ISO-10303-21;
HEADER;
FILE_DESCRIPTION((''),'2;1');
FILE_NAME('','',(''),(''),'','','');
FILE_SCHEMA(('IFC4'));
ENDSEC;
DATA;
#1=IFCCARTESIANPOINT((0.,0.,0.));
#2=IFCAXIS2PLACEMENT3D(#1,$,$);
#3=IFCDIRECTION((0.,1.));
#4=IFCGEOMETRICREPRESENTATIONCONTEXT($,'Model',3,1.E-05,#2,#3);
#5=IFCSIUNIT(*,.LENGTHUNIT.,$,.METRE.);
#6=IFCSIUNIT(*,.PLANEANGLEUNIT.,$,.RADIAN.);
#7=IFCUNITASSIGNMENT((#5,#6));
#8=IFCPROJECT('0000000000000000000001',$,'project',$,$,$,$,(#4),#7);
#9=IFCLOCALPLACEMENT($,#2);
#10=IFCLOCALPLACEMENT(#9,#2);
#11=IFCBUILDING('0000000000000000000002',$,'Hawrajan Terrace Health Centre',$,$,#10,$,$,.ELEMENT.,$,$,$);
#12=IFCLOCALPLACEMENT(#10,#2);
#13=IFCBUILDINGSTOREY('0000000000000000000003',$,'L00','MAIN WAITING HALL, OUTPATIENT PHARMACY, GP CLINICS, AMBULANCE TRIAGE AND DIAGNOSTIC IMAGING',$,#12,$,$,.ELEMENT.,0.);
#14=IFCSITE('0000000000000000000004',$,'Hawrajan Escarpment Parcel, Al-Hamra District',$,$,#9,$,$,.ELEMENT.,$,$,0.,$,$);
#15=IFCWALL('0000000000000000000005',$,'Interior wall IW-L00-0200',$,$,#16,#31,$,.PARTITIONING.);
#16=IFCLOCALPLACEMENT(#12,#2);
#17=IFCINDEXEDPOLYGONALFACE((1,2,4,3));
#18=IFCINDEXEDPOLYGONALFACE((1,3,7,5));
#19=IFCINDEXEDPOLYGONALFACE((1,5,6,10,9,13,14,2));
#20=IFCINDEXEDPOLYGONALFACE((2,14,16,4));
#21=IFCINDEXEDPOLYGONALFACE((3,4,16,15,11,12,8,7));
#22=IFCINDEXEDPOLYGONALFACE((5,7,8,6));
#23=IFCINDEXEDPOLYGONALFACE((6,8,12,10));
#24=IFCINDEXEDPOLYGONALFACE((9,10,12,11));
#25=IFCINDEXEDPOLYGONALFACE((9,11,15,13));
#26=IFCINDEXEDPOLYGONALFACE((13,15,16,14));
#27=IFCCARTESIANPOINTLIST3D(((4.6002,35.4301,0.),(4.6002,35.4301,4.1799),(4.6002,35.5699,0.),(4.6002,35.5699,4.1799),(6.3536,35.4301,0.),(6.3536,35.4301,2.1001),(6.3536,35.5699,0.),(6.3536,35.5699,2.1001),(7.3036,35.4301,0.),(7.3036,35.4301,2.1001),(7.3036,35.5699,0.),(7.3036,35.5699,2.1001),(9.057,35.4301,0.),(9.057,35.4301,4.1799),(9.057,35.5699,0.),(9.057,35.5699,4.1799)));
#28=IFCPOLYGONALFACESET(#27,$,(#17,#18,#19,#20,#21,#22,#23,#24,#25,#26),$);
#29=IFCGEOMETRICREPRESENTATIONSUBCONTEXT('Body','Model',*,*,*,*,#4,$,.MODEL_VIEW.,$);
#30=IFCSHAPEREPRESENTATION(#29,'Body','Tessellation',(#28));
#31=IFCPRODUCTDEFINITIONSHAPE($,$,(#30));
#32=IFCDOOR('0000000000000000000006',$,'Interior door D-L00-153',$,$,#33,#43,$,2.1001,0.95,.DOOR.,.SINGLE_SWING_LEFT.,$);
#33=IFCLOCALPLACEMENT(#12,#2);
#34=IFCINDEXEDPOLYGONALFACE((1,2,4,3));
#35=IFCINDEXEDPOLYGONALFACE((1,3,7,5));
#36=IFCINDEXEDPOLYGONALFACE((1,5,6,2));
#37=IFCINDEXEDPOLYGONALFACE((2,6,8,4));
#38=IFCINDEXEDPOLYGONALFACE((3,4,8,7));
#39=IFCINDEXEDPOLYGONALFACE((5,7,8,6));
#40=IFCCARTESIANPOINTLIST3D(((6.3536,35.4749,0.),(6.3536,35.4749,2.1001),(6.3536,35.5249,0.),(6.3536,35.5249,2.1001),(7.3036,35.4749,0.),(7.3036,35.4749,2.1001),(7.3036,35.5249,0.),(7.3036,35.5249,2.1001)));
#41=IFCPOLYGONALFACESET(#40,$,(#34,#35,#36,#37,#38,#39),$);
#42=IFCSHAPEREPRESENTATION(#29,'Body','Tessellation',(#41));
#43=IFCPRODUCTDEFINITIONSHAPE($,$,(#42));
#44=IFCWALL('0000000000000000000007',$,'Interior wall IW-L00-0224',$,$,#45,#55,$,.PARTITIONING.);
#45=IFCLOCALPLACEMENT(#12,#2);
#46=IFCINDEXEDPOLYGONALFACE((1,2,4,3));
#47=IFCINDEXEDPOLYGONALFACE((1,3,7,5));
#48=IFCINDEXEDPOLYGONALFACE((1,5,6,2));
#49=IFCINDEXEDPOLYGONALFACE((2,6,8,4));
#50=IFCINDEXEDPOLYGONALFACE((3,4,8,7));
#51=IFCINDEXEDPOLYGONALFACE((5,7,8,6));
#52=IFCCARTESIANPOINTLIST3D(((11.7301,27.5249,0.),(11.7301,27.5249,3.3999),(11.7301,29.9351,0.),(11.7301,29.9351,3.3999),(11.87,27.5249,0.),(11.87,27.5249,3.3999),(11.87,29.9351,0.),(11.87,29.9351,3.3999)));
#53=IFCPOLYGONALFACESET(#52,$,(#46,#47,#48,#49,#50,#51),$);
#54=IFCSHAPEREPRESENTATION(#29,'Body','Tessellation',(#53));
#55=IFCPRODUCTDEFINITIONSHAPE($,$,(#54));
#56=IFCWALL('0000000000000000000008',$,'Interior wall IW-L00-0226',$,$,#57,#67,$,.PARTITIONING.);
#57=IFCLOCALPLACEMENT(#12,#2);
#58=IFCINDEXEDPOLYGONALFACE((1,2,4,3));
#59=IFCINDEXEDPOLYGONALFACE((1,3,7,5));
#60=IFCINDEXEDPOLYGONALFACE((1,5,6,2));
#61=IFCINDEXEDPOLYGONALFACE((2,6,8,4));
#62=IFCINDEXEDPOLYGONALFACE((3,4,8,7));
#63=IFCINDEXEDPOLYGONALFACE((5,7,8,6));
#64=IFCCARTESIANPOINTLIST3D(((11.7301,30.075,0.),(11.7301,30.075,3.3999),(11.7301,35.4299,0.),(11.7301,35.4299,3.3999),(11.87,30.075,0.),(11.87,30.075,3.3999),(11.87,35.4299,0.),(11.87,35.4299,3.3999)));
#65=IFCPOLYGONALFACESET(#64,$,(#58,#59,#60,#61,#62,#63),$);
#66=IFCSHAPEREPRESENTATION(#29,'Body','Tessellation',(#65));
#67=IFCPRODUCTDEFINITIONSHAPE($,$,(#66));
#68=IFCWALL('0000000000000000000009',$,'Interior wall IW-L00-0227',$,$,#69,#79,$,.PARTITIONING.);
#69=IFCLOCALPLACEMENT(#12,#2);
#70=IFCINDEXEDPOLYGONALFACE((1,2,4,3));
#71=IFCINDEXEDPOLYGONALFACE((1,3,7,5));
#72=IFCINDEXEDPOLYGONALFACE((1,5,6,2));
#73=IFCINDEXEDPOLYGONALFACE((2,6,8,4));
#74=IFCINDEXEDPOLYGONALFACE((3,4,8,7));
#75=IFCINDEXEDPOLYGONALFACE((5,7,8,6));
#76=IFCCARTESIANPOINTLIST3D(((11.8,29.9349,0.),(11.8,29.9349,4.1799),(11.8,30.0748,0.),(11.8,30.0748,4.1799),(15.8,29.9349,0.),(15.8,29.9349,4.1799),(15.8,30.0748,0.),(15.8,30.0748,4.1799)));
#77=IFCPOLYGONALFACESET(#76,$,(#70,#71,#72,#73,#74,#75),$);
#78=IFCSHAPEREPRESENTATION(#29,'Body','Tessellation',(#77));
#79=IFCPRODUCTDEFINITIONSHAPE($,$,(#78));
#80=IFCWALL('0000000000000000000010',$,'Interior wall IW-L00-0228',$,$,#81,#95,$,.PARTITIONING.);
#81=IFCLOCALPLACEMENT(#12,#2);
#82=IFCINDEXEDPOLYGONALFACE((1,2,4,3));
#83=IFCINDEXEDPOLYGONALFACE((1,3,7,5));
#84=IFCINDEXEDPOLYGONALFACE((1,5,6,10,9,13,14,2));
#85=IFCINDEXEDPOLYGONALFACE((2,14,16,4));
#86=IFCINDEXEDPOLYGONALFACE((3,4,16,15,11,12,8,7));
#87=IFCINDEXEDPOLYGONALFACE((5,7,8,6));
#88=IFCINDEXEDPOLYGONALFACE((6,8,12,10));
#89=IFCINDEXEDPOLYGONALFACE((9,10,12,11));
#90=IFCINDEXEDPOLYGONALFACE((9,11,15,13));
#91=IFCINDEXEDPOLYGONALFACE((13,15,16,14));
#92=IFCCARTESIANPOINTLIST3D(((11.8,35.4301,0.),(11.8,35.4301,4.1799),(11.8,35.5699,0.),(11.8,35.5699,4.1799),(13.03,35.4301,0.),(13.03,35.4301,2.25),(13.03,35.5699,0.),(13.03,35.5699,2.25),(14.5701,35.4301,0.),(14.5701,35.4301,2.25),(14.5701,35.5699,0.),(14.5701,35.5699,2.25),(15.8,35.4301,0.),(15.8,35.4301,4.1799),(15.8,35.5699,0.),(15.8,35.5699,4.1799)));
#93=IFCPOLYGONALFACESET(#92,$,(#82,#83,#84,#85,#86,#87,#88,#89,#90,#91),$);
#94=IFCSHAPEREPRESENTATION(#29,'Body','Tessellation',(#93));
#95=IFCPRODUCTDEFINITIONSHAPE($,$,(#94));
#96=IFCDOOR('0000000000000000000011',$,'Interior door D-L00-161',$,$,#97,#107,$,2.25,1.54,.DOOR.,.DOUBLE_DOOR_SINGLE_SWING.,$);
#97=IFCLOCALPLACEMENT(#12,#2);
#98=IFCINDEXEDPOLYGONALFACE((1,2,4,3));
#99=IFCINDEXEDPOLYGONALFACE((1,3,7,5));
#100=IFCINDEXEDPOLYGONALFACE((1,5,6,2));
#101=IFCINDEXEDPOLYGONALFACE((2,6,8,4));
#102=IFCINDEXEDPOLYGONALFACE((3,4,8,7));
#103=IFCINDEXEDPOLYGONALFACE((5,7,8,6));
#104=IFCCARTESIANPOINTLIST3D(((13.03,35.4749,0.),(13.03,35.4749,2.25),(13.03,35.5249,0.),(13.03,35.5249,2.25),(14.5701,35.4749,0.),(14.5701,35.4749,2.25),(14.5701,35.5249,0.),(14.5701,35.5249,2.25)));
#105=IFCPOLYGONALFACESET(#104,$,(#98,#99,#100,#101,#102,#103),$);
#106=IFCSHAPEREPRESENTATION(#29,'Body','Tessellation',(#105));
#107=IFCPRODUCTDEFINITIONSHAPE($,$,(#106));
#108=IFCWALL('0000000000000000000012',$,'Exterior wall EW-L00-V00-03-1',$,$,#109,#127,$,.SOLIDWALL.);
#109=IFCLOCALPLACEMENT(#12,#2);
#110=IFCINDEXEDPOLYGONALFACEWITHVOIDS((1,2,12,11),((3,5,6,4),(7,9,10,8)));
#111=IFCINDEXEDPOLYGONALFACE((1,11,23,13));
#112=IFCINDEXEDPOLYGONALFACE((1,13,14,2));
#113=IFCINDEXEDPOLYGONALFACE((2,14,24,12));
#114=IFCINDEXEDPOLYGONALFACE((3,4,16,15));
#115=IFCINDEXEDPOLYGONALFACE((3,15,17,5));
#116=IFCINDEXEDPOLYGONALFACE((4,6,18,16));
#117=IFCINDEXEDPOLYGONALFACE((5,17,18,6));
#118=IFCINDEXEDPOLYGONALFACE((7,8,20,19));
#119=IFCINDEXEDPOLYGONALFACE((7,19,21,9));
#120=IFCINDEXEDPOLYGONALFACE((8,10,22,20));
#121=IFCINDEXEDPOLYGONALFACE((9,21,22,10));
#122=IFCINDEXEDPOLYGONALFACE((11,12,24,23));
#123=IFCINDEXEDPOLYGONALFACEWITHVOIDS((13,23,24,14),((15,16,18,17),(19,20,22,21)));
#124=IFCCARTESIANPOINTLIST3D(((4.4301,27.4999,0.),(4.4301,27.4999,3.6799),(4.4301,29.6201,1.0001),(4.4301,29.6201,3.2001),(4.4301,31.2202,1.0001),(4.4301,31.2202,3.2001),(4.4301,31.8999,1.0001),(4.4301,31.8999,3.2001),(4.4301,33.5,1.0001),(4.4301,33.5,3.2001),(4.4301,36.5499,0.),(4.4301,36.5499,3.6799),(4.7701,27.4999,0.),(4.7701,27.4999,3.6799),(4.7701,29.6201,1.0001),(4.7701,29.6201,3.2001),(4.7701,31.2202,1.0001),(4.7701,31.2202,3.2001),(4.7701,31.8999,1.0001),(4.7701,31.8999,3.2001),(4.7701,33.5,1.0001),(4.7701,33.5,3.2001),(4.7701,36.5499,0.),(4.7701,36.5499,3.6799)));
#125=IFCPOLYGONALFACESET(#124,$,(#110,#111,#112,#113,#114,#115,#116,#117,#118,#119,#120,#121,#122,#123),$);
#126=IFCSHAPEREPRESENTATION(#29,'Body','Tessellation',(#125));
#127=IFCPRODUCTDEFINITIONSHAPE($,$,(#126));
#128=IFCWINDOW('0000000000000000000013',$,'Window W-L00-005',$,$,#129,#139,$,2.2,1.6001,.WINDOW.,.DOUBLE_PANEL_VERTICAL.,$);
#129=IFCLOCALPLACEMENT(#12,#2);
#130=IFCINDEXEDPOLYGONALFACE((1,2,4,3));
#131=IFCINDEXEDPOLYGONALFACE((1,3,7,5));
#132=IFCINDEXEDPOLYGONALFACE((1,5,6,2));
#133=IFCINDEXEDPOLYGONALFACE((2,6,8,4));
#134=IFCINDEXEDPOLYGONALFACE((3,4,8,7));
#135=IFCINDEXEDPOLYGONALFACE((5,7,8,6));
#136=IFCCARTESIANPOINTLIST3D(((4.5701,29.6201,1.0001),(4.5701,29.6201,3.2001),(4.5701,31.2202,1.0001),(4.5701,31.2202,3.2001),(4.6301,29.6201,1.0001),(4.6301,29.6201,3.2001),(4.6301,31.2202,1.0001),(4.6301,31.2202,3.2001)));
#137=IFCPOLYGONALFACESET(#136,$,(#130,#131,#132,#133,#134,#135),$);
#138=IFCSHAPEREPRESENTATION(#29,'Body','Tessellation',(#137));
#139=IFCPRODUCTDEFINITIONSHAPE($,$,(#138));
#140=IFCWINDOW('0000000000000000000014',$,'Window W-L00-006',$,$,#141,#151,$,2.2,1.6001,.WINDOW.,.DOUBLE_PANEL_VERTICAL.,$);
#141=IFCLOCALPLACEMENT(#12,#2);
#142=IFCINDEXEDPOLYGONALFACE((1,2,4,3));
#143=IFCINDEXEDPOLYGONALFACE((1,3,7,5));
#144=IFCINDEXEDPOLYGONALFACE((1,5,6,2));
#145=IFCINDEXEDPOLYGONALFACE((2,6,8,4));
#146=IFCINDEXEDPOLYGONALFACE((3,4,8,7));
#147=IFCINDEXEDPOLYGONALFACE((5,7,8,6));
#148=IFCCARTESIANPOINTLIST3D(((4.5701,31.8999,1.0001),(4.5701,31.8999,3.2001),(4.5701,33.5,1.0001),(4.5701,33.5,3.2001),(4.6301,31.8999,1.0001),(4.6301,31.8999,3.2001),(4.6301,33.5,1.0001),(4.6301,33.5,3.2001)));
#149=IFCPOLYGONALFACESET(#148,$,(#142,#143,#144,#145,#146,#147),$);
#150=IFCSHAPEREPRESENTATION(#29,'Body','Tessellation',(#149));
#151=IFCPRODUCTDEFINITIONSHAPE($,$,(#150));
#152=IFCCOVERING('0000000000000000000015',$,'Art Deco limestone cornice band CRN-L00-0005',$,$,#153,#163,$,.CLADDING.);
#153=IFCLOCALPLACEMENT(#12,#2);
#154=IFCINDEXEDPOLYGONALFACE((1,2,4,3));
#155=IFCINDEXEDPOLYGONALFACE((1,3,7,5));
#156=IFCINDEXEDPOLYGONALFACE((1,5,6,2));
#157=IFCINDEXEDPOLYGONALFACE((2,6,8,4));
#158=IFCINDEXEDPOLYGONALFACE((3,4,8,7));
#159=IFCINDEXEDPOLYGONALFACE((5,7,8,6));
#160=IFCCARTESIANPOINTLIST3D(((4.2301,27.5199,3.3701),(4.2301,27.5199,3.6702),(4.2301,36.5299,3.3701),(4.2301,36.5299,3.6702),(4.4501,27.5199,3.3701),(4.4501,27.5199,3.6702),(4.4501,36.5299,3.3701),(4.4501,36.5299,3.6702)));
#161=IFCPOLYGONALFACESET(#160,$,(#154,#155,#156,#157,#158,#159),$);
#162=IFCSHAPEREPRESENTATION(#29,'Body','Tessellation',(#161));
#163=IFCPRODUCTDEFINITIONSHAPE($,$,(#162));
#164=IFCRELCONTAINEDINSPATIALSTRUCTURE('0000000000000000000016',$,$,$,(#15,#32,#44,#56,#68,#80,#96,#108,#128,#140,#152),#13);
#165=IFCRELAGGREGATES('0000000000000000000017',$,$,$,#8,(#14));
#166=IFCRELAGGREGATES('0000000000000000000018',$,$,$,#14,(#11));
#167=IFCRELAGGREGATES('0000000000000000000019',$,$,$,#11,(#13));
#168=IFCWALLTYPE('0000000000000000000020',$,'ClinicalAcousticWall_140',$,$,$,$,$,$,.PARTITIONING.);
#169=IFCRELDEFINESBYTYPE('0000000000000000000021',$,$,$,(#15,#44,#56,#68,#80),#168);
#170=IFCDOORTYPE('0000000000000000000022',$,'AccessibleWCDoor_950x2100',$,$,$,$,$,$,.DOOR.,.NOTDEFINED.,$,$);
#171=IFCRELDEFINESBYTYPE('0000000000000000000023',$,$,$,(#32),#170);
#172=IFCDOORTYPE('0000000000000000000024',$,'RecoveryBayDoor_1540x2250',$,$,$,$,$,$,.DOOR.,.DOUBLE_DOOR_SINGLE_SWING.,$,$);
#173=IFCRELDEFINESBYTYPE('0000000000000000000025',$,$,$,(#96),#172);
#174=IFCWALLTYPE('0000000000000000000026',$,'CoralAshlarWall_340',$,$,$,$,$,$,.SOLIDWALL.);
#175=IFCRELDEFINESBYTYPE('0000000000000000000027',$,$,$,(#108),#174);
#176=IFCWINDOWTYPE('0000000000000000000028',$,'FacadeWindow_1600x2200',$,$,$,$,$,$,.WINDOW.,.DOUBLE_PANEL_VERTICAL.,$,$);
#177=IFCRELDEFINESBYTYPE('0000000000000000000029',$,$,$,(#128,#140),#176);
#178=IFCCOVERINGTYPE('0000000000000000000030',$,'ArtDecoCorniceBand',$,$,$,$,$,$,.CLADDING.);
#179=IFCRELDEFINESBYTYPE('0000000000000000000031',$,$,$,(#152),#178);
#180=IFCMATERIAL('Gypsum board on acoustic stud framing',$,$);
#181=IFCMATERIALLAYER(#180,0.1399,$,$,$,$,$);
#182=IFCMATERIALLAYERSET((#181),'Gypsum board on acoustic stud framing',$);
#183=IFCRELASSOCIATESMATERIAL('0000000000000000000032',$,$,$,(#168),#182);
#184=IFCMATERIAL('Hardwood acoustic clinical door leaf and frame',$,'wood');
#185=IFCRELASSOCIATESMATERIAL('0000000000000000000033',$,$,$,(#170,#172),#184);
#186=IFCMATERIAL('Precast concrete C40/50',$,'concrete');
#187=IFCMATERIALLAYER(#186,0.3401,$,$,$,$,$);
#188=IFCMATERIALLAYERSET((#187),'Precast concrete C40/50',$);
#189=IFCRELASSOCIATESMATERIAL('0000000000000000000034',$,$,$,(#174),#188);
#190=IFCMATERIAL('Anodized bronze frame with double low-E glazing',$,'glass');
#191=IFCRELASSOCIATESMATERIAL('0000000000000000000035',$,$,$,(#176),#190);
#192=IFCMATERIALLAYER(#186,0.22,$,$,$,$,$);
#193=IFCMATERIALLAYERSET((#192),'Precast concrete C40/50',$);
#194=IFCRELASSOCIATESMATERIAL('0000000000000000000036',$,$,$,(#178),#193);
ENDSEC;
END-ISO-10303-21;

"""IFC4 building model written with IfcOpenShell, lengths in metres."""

from ifc_helpers import new_model, si_unit, direction, frame, frame_2d, origin, origin_2d, place, context, subcontext, project, spatial, rectangle, extrude, material, layer, layer_set, type_object, element, fill, save


model = new_model("IFC4")

# Units and contexts
model_context = context("Model", 3, precision=1e-05, world=origin(), true_north=direction((0.0, 1.0)))
body_context = subcontext(model_context, "Body", "Model", "MODEL_VIEW")
ifc_project = project(units=[si_unit("LENGTHUNIT", "METRE"), si_unit("PLANEANGLEUNIT", "RADIAN")], contexts=[model_context])

# Site, building, storey
site_placement = place(None, origin())
site = spatial("IfcSite", under=ifc_project, at=site_placement, Name="Hawrajan Escarpment Parcel, Al-Hamra District", CompositionType="ELEMENT", RefElevation=0.0)
building_placement = place(site_placement, origin())
building = spatial("IfcBuilding", under=site, at=building_placement, Name="Hawrajan Terrace Health Centre", CompositionType="ELEMENT")
storey_placement = place(building_placement, origin())
storey = spatial("IfcBuildingStorey", under=building, at=storey_placement, Name="L00", Description="MAIN WAITING HALL, OUTPATIENT PHARMACY, GP CLINICS, AMBULANCE TRIAGE AND DIAGNOSTIC IMAGING", CompositionType="ELEMENT", Elevation=0.0)

# Wall, opening, door
ifc_material_1 = material(Name="Gypsum board on acoustic stud framing")
ifc_layer_1 = layer(ifc_material_1, 0.1399)
ifc_layer_set_1 = layer_set([ifc_layer_1], Name="Gypsum board on acoustic stud framing")
wall_type_1 = type_object("IfcWallType", Name="ClinicalAcousticWall_140", PredefinedType="PARTITIONING", material=ifc_layer_set_1)
wall_1_placement = place(storey_placement, frame((4.6001, 35.5, 0.0), z_axis=(0.0, 0.0, 1.0), x_axis=(1.0, 0.0, 0.0)))
wall_1 = element("IfcWall", 1, at=wall_1_placement, inside=storey, type_object=wall_type_1, Name="Interior wall IW-L00-0200", PredefinedType="PARTITIONING", context=body_context, shape_type="SweptSolid", body=[
    extrude(rectangle(XDim=4.4568, YDim=0.1399, at=frame_2d((2.2285, 0.0))), origin(), (0.0, 0.0, 1.0), 4.1799),
])
opening_1_placement = place(wall_1_placement, frame((1.7534, 0.0, 0.0)))
opening_1 = element("IfcOpeningElement", 2, at=opening_1_placement, cuts=wall_1, PredefinedType="OPENING", context=body_context, shape_type="SweptSolid", body=[
    extrude(rectangle(XDim=0.95, YDim=2.1001, at=frame_2d((0.4751, 1.05))), frame((0.0, 0.0798, 0.0), z_axis=(0.0, -1.0, 0.0), x_axis=(1.0, 0.0, 0.0)), (0.0, 0.0, 1.0), 0.1599),
])
ifc_material_2 = material(Name="Hardwood acoustic clinical door leaf and frame", Category="wood")
door_type_1 = type_object("IfcDoorType", Name="AccessibleWCDoor_950x2100", OperationType="NOTDEFINED", PredefinedType="DOOR", material=ifc_material_2)
door_1_placement = place(opening_1_placement, origin())
door_1 = element("IfcDoor", 3, at=door_1_placement, inside=storey, type_object=door_type_1, Name="Interior door D-L00-153", OperationType="SINGLE_SWING_LEFT", OverallHeight=2.1001, OverallWidth=0.95, PredefinedType="DOOR", context=body_context, shape_type="SweptSolid", body=[
    extrude(rectangle(XDim=0.95, YDim=2.1001, at=frame_2d((0.4751, 1.05))), frame((0.0, 0.0249, 0.0), z_axis=(0.0, -1.0, 0.0), x_axis=(1.0, 0.0, 0.0)), (0.0, 0.0, 1.0), 0.05),
])
fill(opening_1, door_1)

# Walls
wall_2_placement = place(storey_placement, frame((11.8, 27.5249, 0.0), z_axis=(0.0, 0.0, 1.0), x_axis=(0.0, 1.0, 0.0)))
element("IfcWall", 4, at=wall_2_placement, inside=storey, type_object=wall_type_1, Name="Interior wall IW-L00-0224", PredefinedType="PARTITIONING", context=body_context, shape_type="SweptSolid", body=[
    extrude(rectangle(XDim=2.4102, YDim=0.1399, at=frame_2d((1.2051, 0.0))), origin(), (0.0, 0.0, 1.0), 3.3999),
])
wall_3_placement = place(storey_placement, frame((11.8, 30.075, 0.0), z_axis=(0.0, 0.0, 1.0), x_axis=(0.0, 1.0, 0.0)))
element("IfcWall", 5, at=wall_3_placement, inside=storey, type_object=wall_type_1, Name="Interior wall IW-L00-0226", PredefinedType="PARTITIONING", context=body_context, shape_type="SweptSolid", body=[
    extrude(rectangle(XDim=5.355, YDim=0.1399, at=frame_2d((2.6775, 0.0))), origin(), (0.0, 0.0, 1.0), 3.3999),
])
wall_4_placement = place(storey_placement, frame((11.8, 30.0049, 0.0), z_axis=(0.0, 0.0, 1.0), x_axis=(1.0, 0.0, 0.0)))
element("IfcWall", 6, at=wall_4_placement, inside=storey, type_object=wall_type_1, Name="Interior wall IW-L00-0227", PredefinedType="PARTITIONING", context=body_context, shape_type="SweptSolid", body=[
    extrude(rectangle(XDim=4.0, YDim=0.1399, at=frame_2d((2.0, 0.0))), origin(), (0.0, 0.0, 1.0), 4.1799),
])

# Wall, opening, door
wall_5_placement = place(storey_placement, frame((11.8, 35.5, 0.0), z_axis=(0.0, 0.0, 1.0), x_axis=(1.0, 0.0, 0.0)))
wall_5 = element("IfcWall", 7, at=wall_5_placement, inside=storey, type_object=wall_type_1, Name="Interior wall IW-L00-0228", PredefinedType="PARTITIONING", context=body_context, shape_type="SweptSolid", body=[
    extrude(rectangle(XDim=4.0, YDim=0.1399, at=frame_2d((2.0, 0.0))), origin(), (0.0, 0.0, 1.0), 4.1799),
])
opening_2_placement = place(wall_5_placement, frame((1.23, 0.0, 0.0)))
opening_2 = element("IfcOpeningElement", 8, at=opening_2_placement, cuts=wall_5, PredefinedType="OPENING", context=body_context, shape_type="SweptSolid", body=[
    extrude(rectangle(XDim=1.54, YDim=2.25, at=frame_2d((0.77, 1.125))), frame((0.0, 0.0798, 0.0), z_axis=(0.0, -1.0, 0.0), x_axis=(1.0, 0.0, 0.0)), (0.0, 0.0, 1.0), 0.1599),
])
door_type_2 = type_object("IfcDoorType", Name="RecoveryBayDoor_1540x2250", OperationType="DOUBLE_DOOR_SINGLE_SWING", PredefinedType="DOOR", material=ifc_material_2)
door_2_placement = place(opening_2_placement, origin())
door_2 = element("IfcDoor", 9, at=door_2_placement, inside=storey, type_object=door_type_2, Name="Interior door D-L00-161", OperationType="DOUBLE_DOOR_SINGLE_SWING", OverallHeight=2.25, OverallWidth=1.54, PredefinedType="DOOR", context=body_context, shape_type="SweptSolid", body=[
    extrude(rectangle(XDim=1.54, YDim=2.25, at=frame_2d((0.77, 1.125))), frame((0.0, 0.0249, 0.0), z_axis=(0.0, -1.0, 0.0), x_axis=(1.0, 0.0, 0.0)), (0.0, 0.0, 1.0), 0.05),
])
fill(opening_2, door_2)

# Wall, openings, windows
ifc_material_3 = material(Name="Precast concrete C40/50", Category="concrete")
ifc_layer_2 = layer(ifc_material_3, 0.3401)
ifc_layer_set_2 = layer_set([ifc_layer_2], Name="Precast concrete C40/50")
wall_type_2 = type_object("IfcWallType", Name="CoralAshlarWall_340", PredefinedType="SOLIDWALL", material=ifc_layer_set_2)
wall_6_placement = place(storey_placement, frame((4.6001, 27.5, 0.0), z_axis=(0.0, 0.0, 1.0), x_axis=(0.0, 1.0, 0.0)))
wall_6 = element("IfcWall", 10, at=wall_6_placement, inside=storey, type_object=wall_type_2, Name="Exterior wall EW-L00-V00-03-1", PredefinedType="SOLIDWALL", context=body_context, shape_type="SweptSolid", body=[
    extrude(rectangle(XDim=9.05, YDim=0.3401, at=frame_2d((4.5249, 0.0))), origin(), (0.0, 0.0, 1.0), 3.6799),
])
opening_3_placement = place(wall_6_placement, frame((2.1201, 0.0, 1.0)))
opening_3 = element("IfcOpeningElement", 11, at=opening_3_placement, cuts=wall_6, PredefinedType="OPENING", context=body_context, shape_type="SweptSolid", body=[
    extrude(rectangle(XDim=1.6001, YDim=2.2, at=frame_2d((0.8, 1.1001))), frame((0.0, 0.1799, 0.0), z_axis=(0.0, -1.0, 0.0), x_axis=(1.0, 0.0, 0.0)), (0.0, 0.0, 1.0), 0.3601),
])
opening_4_placement = place(wall_6_placement, frame((4.3999, 0.0, 1.0)))
opening_4 = element("IfcOpeningElement", 12, at=opening_4_placement, cuts=wall_6, PredefinedType="OPENING", context=body_context, shape_type="SweptSolid", body=[
    extrude(rectangle(XDim=1.6001, YDim=2.2, at=frame_2d((0.8, 1.1001))), frame((0.0, 0.1799, 0.0), z_axis=(0.0, -1.0, 0.0), x_axis=(1.0, 0.0, 0.0)), (0.0, 0.0, 1.0), 0.3601),
])
ifc_material_4 = material(Name="Anodized bronze frame with double low-E glazing", Category="glass")
window_type = type_object("IfcWindowType", Name="FacadeWindow_1600x2200", PartitioningType="DOUBLE_PANEL_VERTICAL", PredefinedType="WINDOW", material=ifc_material_4)
window_1_placement = place(opening_3_placement, origin())
window_1 = element("IfcWindow", 13, at=window_1_placement, inside=storey, type_object=window_type, Name="Window W-L00-005", OverallHeight=2.2, OverallWidth=1.6001, PartitioningType="DOUBLE_PANEL_VERTICAL", PredefinedType="WINDOW", context=body_context, shape_type="SweptSolid", body=[
    extrude(rectangle(XDim=1.6001, YDim=2.2, at=frame_2d((0.8, 1.1001))), frame((0.0, 0.03, 0.0), z_axis=(0.0, -1.0, 0.0), x_axis=(1.0, 0.0, 0.0)), (0.0, 0.0, 1.0), 0.0601),
])
fill(opening_3, window_1)
window_2_placement = place(opening_4_placement, origin())
window_2 = element("IfcWindow", 14, at=window_2_placement, inside=storey, type_object=window_type, Name="Window W-L00-006", OverallHeight=2.2, OverallWidth=1.6001, PartitioningType="DOUBLE_PANEL_VERTICAL", PredefinedType="WINDOW", context=body_context, shape_type="SweptSolid", body=[
    extrude(rectangle(XDim=1.6001, YDim=2.2, at=frame_2d((0.8, 1.1001))), frame((0.0, 0.03, 0.0), z_axis=(0.0, -1.0, 0.0), x_axis=(1.0, 0.0, 0.0)), (0.0, 0.0, 1.0), 0.0601),
])
fill(opening_4, window_2)

# Covering
ifc_layer_3 = layer(ifc_material_3, 0.22)
ifc_layer_set_3 = layer_set([ifc_layer_3], Name="Precast concrete C40/50")
covering_type_1 = type_object("IfcCoveringType", Name="ArtDecoCorniceBand", PredefinedType="CLADDING", material=ifc_layer_set_3)
covering_1_placement = place(storey_placement, frame((4.3401, 32.0249, 3.3701), z_axis=(0.0, 0.0, 1.0), x_axis=(0.0, 1.0, 0.0)))
element("IfcCovering", 15, at=covering_1_placement, inside=storey, type_object=covering_type_1, Name="Art Deco limestone cornice band CRN-L00-0005", PredefinedType="CLADDING", context=body_context, shape_type="SweptSolid", body=[
    extrude(rectangle(XDim=9.01, YDim=0.22, at=origin_2d()), origin(), (0.0, 0.0, 1.0), 0.3),
])

save(model, "model.ifc")
